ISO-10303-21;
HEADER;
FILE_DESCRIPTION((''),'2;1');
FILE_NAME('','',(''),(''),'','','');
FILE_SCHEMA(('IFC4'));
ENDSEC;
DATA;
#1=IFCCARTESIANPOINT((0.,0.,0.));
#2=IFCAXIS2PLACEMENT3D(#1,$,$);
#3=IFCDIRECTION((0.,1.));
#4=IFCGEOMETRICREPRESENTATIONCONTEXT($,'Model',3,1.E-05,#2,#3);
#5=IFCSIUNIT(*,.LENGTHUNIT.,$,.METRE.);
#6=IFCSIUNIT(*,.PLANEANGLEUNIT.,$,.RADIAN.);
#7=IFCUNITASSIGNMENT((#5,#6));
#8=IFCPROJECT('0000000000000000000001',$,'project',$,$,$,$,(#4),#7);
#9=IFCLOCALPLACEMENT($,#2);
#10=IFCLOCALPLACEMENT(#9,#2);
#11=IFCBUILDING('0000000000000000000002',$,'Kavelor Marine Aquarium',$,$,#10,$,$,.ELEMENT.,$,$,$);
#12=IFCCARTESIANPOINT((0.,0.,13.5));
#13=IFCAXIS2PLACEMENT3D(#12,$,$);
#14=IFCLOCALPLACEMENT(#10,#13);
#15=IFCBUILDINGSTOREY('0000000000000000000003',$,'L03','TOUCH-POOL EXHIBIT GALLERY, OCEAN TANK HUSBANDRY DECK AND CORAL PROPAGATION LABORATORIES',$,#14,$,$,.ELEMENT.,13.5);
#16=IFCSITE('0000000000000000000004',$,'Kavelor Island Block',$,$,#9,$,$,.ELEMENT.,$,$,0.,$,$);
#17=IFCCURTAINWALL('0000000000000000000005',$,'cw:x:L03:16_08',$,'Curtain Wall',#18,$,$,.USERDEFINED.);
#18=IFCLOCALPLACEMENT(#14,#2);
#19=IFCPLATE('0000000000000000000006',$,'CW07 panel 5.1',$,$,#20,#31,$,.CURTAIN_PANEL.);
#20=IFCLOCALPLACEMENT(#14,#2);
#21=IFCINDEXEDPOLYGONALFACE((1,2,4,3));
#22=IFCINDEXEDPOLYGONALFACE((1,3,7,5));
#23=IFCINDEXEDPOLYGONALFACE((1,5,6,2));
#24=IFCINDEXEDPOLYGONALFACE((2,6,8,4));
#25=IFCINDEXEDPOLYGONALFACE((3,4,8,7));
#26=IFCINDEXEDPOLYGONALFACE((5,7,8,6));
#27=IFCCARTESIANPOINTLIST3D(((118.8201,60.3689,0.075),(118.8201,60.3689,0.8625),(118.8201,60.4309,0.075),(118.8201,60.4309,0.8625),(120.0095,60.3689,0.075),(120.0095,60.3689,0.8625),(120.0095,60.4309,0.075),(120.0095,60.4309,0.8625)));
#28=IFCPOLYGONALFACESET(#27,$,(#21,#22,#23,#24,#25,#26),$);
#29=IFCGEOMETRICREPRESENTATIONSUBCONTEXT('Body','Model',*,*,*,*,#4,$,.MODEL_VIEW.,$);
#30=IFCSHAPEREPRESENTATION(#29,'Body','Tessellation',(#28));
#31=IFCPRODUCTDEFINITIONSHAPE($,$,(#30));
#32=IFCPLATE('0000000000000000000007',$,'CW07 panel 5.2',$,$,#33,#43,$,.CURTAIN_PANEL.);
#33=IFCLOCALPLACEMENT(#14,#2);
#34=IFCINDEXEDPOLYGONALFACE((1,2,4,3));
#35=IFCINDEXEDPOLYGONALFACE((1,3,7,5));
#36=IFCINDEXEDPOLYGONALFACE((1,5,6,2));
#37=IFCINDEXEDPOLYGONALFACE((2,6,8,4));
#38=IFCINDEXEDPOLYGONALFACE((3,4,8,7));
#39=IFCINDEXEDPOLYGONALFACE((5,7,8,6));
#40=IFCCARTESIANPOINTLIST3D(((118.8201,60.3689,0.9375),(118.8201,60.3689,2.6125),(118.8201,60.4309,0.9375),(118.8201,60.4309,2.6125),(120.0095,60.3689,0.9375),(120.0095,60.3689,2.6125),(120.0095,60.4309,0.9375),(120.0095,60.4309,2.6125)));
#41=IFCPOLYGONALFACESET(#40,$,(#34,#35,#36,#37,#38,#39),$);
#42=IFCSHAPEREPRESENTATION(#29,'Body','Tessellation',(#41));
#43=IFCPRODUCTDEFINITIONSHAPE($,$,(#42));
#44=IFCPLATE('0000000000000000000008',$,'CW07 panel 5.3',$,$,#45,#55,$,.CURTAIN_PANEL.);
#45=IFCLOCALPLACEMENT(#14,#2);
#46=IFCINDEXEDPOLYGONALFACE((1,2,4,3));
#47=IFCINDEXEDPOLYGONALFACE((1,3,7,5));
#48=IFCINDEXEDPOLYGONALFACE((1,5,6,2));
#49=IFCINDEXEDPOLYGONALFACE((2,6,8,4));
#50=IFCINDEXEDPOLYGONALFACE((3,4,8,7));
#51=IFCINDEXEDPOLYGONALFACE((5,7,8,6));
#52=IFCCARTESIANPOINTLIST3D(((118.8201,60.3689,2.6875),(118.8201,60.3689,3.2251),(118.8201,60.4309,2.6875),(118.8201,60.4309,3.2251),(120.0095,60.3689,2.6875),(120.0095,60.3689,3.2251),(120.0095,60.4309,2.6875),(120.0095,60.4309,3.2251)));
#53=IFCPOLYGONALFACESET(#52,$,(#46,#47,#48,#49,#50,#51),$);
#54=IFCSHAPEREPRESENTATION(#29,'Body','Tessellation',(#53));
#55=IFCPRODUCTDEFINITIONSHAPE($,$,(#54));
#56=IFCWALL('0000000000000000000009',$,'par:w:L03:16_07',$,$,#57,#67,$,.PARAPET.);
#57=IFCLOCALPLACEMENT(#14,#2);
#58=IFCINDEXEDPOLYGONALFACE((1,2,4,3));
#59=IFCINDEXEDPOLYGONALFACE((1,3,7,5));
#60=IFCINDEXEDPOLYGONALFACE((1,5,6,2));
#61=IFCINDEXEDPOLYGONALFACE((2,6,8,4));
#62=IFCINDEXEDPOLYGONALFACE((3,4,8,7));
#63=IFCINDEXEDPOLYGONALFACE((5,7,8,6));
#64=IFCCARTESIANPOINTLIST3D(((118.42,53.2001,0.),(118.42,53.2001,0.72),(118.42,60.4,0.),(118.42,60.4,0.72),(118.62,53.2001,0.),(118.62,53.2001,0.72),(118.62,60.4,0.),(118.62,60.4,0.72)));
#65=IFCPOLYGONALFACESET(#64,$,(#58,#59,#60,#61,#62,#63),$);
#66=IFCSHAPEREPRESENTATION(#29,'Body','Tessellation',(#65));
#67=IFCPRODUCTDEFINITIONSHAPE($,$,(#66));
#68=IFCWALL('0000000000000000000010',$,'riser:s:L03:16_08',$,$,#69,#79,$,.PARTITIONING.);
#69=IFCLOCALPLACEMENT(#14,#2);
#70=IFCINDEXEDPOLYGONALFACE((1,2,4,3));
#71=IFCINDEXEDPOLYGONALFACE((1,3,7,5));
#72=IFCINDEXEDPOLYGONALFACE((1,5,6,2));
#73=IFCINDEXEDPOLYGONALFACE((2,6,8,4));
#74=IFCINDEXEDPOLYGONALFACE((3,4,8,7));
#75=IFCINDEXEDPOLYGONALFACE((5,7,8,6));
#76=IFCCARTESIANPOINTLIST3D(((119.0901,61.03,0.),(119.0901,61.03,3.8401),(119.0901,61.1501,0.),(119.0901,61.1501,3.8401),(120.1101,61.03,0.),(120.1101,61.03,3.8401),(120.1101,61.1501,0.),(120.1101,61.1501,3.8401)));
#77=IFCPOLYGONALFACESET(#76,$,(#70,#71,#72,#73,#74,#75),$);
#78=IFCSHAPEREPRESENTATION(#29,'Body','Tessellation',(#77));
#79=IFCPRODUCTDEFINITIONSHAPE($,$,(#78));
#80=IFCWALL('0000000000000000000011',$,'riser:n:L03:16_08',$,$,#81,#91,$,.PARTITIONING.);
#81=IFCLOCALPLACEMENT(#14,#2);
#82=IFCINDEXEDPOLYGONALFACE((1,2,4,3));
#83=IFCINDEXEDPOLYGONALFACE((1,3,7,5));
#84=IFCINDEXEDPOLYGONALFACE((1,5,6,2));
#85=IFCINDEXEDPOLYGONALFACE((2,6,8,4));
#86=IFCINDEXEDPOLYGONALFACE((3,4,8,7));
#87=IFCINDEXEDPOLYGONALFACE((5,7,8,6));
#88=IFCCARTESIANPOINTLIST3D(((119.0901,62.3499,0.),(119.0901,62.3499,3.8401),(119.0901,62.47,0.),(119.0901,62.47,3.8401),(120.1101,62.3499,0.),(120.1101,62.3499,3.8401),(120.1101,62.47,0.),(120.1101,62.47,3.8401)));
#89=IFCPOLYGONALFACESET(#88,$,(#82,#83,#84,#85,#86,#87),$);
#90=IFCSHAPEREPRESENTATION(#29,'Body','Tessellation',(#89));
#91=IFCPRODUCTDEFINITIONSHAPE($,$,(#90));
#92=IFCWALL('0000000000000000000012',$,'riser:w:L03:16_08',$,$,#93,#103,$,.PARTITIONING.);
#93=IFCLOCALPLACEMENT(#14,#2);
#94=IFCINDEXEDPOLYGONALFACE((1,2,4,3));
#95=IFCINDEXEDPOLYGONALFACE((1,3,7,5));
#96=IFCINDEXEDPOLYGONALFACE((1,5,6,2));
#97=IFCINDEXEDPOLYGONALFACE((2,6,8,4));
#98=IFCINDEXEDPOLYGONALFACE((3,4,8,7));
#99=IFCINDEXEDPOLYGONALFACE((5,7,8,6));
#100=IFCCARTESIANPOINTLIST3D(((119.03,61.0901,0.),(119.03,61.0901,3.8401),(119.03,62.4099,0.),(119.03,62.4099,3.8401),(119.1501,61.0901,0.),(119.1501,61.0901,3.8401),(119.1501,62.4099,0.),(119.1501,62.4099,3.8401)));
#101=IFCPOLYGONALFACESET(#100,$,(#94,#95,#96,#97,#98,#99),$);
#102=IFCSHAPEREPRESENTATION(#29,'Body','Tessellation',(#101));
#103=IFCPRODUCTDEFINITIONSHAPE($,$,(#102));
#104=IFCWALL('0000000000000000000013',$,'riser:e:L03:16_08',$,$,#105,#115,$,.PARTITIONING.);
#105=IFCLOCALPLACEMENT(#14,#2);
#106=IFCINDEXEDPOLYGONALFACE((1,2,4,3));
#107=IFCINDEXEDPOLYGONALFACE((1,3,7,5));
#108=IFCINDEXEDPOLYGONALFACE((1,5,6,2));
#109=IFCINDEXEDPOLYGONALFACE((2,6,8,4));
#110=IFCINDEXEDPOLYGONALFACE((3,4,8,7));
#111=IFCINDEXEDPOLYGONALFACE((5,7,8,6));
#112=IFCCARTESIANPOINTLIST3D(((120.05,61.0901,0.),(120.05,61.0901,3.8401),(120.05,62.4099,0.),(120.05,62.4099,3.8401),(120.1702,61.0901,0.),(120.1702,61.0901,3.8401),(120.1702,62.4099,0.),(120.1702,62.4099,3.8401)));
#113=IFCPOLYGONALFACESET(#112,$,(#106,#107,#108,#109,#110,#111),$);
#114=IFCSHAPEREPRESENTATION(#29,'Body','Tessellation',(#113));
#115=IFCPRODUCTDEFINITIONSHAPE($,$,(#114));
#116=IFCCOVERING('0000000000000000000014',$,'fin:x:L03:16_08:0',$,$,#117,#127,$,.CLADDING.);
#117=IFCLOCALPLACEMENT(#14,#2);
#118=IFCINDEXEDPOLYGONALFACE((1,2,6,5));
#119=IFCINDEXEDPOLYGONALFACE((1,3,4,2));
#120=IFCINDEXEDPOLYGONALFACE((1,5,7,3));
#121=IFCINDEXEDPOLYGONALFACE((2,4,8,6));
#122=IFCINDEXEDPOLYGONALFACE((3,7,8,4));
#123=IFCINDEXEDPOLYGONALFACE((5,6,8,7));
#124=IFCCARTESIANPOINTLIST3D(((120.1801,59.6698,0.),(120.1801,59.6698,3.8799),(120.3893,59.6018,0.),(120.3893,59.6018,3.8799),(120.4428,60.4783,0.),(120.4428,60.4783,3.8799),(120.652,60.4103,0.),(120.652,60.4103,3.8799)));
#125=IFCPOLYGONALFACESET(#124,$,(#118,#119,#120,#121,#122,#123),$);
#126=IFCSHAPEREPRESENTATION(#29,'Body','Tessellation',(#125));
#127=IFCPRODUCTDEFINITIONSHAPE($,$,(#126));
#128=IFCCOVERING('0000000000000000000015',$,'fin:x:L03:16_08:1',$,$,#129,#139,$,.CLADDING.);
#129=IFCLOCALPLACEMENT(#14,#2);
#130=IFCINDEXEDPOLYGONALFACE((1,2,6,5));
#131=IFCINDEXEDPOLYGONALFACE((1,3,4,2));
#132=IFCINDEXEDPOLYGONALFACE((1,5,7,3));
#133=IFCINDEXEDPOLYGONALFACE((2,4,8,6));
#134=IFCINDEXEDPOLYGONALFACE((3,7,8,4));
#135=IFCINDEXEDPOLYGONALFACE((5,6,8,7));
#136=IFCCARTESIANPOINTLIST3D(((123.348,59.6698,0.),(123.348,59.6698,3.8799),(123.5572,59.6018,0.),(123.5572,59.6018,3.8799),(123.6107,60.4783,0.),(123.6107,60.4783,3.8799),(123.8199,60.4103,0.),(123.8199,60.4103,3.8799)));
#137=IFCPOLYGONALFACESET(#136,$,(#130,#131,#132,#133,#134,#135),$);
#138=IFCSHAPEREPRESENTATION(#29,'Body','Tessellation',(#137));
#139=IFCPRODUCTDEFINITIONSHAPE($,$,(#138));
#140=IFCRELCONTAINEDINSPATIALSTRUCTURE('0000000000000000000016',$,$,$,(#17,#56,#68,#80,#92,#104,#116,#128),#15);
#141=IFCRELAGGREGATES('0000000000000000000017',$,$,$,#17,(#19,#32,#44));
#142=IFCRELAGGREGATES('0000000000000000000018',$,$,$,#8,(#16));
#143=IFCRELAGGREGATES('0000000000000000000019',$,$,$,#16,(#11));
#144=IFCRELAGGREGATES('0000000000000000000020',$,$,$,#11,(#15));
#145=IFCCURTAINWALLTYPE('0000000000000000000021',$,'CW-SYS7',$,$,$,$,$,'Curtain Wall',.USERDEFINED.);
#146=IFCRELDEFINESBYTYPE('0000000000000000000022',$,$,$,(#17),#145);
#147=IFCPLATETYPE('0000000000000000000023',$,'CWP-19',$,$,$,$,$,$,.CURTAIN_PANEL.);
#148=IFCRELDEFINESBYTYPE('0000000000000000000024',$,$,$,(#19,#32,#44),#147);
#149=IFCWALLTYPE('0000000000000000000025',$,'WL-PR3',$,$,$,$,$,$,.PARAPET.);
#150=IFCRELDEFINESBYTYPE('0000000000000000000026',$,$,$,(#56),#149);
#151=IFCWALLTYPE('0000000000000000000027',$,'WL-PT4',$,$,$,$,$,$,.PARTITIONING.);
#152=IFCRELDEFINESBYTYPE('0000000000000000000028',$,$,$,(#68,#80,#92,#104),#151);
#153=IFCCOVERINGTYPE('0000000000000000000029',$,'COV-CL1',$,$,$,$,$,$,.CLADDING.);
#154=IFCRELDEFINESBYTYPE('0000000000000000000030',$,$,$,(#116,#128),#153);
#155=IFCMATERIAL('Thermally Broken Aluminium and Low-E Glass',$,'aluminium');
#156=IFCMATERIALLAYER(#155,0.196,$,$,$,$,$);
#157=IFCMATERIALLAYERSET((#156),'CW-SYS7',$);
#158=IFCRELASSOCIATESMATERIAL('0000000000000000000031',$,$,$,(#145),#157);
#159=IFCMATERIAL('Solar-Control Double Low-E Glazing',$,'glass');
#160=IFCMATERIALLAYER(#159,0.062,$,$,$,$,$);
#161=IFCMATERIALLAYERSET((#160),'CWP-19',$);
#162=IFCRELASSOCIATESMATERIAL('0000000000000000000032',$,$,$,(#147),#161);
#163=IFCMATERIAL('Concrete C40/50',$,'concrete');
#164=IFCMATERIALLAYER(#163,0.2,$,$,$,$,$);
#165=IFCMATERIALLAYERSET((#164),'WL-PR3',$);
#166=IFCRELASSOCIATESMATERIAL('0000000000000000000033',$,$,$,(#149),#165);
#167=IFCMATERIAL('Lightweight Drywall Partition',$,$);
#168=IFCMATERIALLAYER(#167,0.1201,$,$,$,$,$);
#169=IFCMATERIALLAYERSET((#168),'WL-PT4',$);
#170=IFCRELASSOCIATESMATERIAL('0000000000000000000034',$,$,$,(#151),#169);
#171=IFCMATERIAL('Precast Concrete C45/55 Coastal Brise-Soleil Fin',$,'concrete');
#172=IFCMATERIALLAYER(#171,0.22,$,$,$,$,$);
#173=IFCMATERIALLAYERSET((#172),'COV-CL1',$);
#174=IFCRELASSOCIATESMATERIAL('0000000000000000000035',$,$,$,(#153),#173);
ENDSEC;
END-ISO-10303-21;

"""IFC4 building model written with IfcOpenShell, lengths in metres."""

from ifc_helpers import new_model, si_unit, direction, frame, frame_2d, origin, origin_2d, place, context, subcontext, project, spatial, rectangle, extrude, material, layer, layer_set, type_object, element, aggregate, save


model = new_model("IFC4")

# Units and contexts
model_context = context("Model", 3, precision=1e-05, world=origin(), true_north=direction((0.0, 1.0)))
body_context = subcontext(model_context, "Body", "Model", "MODEL_VIEW")
ifc_project = project(units=[si_unit("LENGTHUNIT", "METRE"), si_unit("PLANEANGLEUNIT", "RADIAN")], contexts=[model_context])

# Site, building, storey
site_placement = place(None, origin())
site = spatial("IfcSite", under=ifc_project, at=site_placement, Name="Kavelor Island Block", CompositionType="ELEMENT", RefElevation=0.0)
building_placement = place(site_placement, origin())
building = spatial("IfcBuilding", under=site, at=building_placement, Name="Kavelor Marine Aquarium", CompositionType="ELEMENT")
storey_placement = place(building_placement, frame((0.0, 0.0, 13.5)))
storey = spatial("IfcBuildingStorey", under=building, at=storey_placement, Name="L03", Description="TOUCH-POOL EXHIBIT GALLERY, OCEAN TANK HUSBANDRY DECK AND CORAL PROPAGATION LABORATORIES", CompositionType="ELEMENT", Elevation=13.5)

# Curtain wall, plates
ifc_material_1 = material(Name="Thermally Broken Aluminium and Low-E Glass", Category="aluminium")
ifc_layer_1 = layer(ifc_material_1, 0.196)
ifc_layer_set_1 = layer_set([ifc_layer_1], Name="CW-SYS7")
curtain_wall_type = type_object("IfcCurtainWallType", Name="CW-SYS7", ElementType="Curtain Wall", PredefinedType="USERDEFINED", material=ifc_layer_set_1)
curtain_wall_placement = place(storey_placement, origin())
curtain_wall = element("IfcCurtainWall", 1, at=curtain_wall_placement, inside=storey, type_object=curtain_wall_type, Name="cw:x:L03:16_08", ObjectType="Curtain Wall", PredefinedType="USERDEFINED")
ifc_material_2 = material(Name="Solar-Control Double Low-E Glazing", Category="glass")
ifc_layer_2 = layer(ifc_material_2, 0.062)
ifc_layer_set_2 = layer_set([ifc_layer_2], Name="CWP-19")
plate_type = type_object("IfcPlateType", Name="CWP-19", PredefinedType="CURTAIN_PANEL", material=ifc_layer_set_2)
plate_1_placement = place(storey_placement, frame((119.4148, 60.3999, 0.075), z_axis=(0.0, 0.0, 1.0), x_axis=(-1.0, 0.0, 0.0)))
plate_1 = element("IfcPlate", 2, at=plate_1_placement, type_object=plate_type, Name="CW07 panel 5.1", PredefinedType="CURTAIN_PANEL", context=body_context, shape_type="SweptSolid", body=[
    extrude(rectangle(XDim=1.1895, YDim=0.062, at=origin_2d()), origin(), (0.0, 0.0, 1.0), 0.7876),
])
plate_2_placement = place(storey_placement, frame((119.4148, 60.3999, 0.9375), z_axis=(0.0, 0.0, 1.0), x_axis=(-1.0, 0.0, 0.0)))
plate_2 = element("IfcPlate", 3, at=plate_2_placement, type_object=plate_type, Name="CW07 panel 5.2", PredefinedType="CURTAIN_PANEL", context=body_context, shape_type="SweptSolid", body=[
    extrude(rectangle(XDim=1.1895, YDim=0.062, at=origin_2d()), origin(), (0.0, 0.0, 1.0), 1.675),
])
plate_3_placement = place(storey_placement, frame((119.4148, 60.3999, 2.6875), z_axis=(0.0, 0.0, 1.0), x_axis=(-1.0, 0.0, 0.0)))
plate_3 = element("IfcPlate", 4, at=plate_3_placement, type_object=plate_type, Name="CW07 panel 5.3", PredefinedType="CURTAIN_PANEL", context=body_context, shape_type="SweptSolid", body=[
    extrude(rectangle(XDim=1.1895, YDim=0.062, at=origin_2d()), origin(), (0.0, 0.0, 1.0), 0.5376),
])
aggregate(curtain_wall, [plate_1, plate_2, plate_3])

# Walls
ifc_material_3 = material(Name="Concrete C40/50", Category="concrete")
ifc_layer_3 = layer(ifc_material_3, 0.2)
ifc_layer_set_3 = layer_set([ifc_layer_3], Name="WL-PR3")
wall_type_1 = type_object("IfcWallType", Name="WL-PR3", PredefinedType="PARAPET", material=ifc_layer_set_3)
wall_placement = place(storey_placement, frame((118.52, 53.2, 0.0), z_axis=(0.0, 0.0, 1.0), x_axis=(0.0, 1.0, 0.0)))
element("IfcWall", 5, at=wall_placement, inside=storey, type_object=wall_type_1, Name="par:w:L03:16_07", PredefinedType="PARAPET", context=body_context, shape_type="SweptSolid", body=[
    extrude(rectangle(XDim=7.2, YDim=0.2, at=frame_2d((3.6001, 0.0))), origin(), (0.0, 0.0, 1.0), 0.72),
])
ifc_material_4 = material(Name="Lightweight Drywall Partition")
ifc_layer_4 = layer(ifc_material_4, 0.1201)
ifc_layer_set_4 = layer_set([ifc_layer_4], Name="WL-PT4")
wall_type_2 = type_object("IfcWallType", Name="WL-PT4", PredefinedType="PARTITIONING", material=ifc_layer_set_4)
for number, where, z_axis, x_axis, name in (
    (6, (119.0901, 61.0901, 0.0), (0.0, 0.0, 1.0), (1.0, 0.0, 0.0), "riser:s:L03:16_08"),
    (7, (119.0901, 62.4099, 0.0), (0.0, 0.0, 1.0), (1.0, 0.0, 0.0), "riser:n:L03:16_08"),
):
    element("IfcWall", number, at=place(storey_placement, frame(where, z_axis=z_axis, x_axis=x_axis)), inside=storey, type_object=wall_type_2, Name=name, PredefinedType="PARTITIONING", context=body_context, shape_type="SweptSolid", body=[
        extrude(rectangle(XDim=1.02, YDim=0.1201, at=frame_2d((0.51, 0.0))), origin(), (0.0, 0.0, 1.0), 3.8401),
    ])
for number, where, z_axis, x_axis, name in (
    (8, (119.0901, 61.0901, 0.0), (0.0, 0.0, 1.0), (0.0, 1.0, 0.0), "riser:w:L03:16_08"),
    (9, (120.1101, 61.0901, 0.0), (0.0, 0.0, 1.0), (0.0, 1.0, 0.0), "riser:e:L03:16_08"),
):
    element("IfcWall", number, at=place(storey_placement, frame(where, z_axis=z_axis, x_axis=x_axis)), inside=storey, type_object=wall_type_2, Name=name, PredefinedType="PARTITIONING", context=body_context, shape_type="SweptSolid", body=[
        extrude(rectangle(XDim=1.3198, YDim=0.1201, at=frame_2d((0.6599, 0.0))), origin(), (0.0, 0.0, 1.0), 3.8401),
    ])

# Coverings
ifc_material_5 = material(Name="Precast Concrete C45/55 Coastal Brise-Soleil Fin", Category="concrete")
ifc_layer_5 = layer(ifc_material_5, 0.22)
ifc_layer_set_5 = layer_set([ifc_layer_5], Name="COV-CL1")
covering_type = type_object("IfcCoveringType", Name="COV-CL1", PredefinedType="CLADDING", material=ifc_layer_set_5)
for number, where, z_axis, x_axis, name in (
    (10, (120.416, 60.04, 0.0), (0.0, 0.0, 1.0), (0.951057, -0.309017, 0.0), "fin:x:L03:16_08:0"),
    (11, (123.584, 60.04, 0.0), (0.0, 0.0, 1.0), (0.951057, -0.309017, 0.0), "fin:x:L03:16_08:1"),
):
    element("IfcCovering", number, at=place(storey_placement, frame(where, z_axis=z_axis, x_axis=x_axis)), inside=storey, type_object=covering_type, Name=name, PredefinedType="CLADDING", context=body_context, shape_type="SweptSolid", body=[
        extrude(rectangle(XDim=0.22, YDim=0.8501, at=origin_2d()), origin(), (0.0, 0.0, 1.0), 3.8799),
    ])

save(model, "model.ifc")
